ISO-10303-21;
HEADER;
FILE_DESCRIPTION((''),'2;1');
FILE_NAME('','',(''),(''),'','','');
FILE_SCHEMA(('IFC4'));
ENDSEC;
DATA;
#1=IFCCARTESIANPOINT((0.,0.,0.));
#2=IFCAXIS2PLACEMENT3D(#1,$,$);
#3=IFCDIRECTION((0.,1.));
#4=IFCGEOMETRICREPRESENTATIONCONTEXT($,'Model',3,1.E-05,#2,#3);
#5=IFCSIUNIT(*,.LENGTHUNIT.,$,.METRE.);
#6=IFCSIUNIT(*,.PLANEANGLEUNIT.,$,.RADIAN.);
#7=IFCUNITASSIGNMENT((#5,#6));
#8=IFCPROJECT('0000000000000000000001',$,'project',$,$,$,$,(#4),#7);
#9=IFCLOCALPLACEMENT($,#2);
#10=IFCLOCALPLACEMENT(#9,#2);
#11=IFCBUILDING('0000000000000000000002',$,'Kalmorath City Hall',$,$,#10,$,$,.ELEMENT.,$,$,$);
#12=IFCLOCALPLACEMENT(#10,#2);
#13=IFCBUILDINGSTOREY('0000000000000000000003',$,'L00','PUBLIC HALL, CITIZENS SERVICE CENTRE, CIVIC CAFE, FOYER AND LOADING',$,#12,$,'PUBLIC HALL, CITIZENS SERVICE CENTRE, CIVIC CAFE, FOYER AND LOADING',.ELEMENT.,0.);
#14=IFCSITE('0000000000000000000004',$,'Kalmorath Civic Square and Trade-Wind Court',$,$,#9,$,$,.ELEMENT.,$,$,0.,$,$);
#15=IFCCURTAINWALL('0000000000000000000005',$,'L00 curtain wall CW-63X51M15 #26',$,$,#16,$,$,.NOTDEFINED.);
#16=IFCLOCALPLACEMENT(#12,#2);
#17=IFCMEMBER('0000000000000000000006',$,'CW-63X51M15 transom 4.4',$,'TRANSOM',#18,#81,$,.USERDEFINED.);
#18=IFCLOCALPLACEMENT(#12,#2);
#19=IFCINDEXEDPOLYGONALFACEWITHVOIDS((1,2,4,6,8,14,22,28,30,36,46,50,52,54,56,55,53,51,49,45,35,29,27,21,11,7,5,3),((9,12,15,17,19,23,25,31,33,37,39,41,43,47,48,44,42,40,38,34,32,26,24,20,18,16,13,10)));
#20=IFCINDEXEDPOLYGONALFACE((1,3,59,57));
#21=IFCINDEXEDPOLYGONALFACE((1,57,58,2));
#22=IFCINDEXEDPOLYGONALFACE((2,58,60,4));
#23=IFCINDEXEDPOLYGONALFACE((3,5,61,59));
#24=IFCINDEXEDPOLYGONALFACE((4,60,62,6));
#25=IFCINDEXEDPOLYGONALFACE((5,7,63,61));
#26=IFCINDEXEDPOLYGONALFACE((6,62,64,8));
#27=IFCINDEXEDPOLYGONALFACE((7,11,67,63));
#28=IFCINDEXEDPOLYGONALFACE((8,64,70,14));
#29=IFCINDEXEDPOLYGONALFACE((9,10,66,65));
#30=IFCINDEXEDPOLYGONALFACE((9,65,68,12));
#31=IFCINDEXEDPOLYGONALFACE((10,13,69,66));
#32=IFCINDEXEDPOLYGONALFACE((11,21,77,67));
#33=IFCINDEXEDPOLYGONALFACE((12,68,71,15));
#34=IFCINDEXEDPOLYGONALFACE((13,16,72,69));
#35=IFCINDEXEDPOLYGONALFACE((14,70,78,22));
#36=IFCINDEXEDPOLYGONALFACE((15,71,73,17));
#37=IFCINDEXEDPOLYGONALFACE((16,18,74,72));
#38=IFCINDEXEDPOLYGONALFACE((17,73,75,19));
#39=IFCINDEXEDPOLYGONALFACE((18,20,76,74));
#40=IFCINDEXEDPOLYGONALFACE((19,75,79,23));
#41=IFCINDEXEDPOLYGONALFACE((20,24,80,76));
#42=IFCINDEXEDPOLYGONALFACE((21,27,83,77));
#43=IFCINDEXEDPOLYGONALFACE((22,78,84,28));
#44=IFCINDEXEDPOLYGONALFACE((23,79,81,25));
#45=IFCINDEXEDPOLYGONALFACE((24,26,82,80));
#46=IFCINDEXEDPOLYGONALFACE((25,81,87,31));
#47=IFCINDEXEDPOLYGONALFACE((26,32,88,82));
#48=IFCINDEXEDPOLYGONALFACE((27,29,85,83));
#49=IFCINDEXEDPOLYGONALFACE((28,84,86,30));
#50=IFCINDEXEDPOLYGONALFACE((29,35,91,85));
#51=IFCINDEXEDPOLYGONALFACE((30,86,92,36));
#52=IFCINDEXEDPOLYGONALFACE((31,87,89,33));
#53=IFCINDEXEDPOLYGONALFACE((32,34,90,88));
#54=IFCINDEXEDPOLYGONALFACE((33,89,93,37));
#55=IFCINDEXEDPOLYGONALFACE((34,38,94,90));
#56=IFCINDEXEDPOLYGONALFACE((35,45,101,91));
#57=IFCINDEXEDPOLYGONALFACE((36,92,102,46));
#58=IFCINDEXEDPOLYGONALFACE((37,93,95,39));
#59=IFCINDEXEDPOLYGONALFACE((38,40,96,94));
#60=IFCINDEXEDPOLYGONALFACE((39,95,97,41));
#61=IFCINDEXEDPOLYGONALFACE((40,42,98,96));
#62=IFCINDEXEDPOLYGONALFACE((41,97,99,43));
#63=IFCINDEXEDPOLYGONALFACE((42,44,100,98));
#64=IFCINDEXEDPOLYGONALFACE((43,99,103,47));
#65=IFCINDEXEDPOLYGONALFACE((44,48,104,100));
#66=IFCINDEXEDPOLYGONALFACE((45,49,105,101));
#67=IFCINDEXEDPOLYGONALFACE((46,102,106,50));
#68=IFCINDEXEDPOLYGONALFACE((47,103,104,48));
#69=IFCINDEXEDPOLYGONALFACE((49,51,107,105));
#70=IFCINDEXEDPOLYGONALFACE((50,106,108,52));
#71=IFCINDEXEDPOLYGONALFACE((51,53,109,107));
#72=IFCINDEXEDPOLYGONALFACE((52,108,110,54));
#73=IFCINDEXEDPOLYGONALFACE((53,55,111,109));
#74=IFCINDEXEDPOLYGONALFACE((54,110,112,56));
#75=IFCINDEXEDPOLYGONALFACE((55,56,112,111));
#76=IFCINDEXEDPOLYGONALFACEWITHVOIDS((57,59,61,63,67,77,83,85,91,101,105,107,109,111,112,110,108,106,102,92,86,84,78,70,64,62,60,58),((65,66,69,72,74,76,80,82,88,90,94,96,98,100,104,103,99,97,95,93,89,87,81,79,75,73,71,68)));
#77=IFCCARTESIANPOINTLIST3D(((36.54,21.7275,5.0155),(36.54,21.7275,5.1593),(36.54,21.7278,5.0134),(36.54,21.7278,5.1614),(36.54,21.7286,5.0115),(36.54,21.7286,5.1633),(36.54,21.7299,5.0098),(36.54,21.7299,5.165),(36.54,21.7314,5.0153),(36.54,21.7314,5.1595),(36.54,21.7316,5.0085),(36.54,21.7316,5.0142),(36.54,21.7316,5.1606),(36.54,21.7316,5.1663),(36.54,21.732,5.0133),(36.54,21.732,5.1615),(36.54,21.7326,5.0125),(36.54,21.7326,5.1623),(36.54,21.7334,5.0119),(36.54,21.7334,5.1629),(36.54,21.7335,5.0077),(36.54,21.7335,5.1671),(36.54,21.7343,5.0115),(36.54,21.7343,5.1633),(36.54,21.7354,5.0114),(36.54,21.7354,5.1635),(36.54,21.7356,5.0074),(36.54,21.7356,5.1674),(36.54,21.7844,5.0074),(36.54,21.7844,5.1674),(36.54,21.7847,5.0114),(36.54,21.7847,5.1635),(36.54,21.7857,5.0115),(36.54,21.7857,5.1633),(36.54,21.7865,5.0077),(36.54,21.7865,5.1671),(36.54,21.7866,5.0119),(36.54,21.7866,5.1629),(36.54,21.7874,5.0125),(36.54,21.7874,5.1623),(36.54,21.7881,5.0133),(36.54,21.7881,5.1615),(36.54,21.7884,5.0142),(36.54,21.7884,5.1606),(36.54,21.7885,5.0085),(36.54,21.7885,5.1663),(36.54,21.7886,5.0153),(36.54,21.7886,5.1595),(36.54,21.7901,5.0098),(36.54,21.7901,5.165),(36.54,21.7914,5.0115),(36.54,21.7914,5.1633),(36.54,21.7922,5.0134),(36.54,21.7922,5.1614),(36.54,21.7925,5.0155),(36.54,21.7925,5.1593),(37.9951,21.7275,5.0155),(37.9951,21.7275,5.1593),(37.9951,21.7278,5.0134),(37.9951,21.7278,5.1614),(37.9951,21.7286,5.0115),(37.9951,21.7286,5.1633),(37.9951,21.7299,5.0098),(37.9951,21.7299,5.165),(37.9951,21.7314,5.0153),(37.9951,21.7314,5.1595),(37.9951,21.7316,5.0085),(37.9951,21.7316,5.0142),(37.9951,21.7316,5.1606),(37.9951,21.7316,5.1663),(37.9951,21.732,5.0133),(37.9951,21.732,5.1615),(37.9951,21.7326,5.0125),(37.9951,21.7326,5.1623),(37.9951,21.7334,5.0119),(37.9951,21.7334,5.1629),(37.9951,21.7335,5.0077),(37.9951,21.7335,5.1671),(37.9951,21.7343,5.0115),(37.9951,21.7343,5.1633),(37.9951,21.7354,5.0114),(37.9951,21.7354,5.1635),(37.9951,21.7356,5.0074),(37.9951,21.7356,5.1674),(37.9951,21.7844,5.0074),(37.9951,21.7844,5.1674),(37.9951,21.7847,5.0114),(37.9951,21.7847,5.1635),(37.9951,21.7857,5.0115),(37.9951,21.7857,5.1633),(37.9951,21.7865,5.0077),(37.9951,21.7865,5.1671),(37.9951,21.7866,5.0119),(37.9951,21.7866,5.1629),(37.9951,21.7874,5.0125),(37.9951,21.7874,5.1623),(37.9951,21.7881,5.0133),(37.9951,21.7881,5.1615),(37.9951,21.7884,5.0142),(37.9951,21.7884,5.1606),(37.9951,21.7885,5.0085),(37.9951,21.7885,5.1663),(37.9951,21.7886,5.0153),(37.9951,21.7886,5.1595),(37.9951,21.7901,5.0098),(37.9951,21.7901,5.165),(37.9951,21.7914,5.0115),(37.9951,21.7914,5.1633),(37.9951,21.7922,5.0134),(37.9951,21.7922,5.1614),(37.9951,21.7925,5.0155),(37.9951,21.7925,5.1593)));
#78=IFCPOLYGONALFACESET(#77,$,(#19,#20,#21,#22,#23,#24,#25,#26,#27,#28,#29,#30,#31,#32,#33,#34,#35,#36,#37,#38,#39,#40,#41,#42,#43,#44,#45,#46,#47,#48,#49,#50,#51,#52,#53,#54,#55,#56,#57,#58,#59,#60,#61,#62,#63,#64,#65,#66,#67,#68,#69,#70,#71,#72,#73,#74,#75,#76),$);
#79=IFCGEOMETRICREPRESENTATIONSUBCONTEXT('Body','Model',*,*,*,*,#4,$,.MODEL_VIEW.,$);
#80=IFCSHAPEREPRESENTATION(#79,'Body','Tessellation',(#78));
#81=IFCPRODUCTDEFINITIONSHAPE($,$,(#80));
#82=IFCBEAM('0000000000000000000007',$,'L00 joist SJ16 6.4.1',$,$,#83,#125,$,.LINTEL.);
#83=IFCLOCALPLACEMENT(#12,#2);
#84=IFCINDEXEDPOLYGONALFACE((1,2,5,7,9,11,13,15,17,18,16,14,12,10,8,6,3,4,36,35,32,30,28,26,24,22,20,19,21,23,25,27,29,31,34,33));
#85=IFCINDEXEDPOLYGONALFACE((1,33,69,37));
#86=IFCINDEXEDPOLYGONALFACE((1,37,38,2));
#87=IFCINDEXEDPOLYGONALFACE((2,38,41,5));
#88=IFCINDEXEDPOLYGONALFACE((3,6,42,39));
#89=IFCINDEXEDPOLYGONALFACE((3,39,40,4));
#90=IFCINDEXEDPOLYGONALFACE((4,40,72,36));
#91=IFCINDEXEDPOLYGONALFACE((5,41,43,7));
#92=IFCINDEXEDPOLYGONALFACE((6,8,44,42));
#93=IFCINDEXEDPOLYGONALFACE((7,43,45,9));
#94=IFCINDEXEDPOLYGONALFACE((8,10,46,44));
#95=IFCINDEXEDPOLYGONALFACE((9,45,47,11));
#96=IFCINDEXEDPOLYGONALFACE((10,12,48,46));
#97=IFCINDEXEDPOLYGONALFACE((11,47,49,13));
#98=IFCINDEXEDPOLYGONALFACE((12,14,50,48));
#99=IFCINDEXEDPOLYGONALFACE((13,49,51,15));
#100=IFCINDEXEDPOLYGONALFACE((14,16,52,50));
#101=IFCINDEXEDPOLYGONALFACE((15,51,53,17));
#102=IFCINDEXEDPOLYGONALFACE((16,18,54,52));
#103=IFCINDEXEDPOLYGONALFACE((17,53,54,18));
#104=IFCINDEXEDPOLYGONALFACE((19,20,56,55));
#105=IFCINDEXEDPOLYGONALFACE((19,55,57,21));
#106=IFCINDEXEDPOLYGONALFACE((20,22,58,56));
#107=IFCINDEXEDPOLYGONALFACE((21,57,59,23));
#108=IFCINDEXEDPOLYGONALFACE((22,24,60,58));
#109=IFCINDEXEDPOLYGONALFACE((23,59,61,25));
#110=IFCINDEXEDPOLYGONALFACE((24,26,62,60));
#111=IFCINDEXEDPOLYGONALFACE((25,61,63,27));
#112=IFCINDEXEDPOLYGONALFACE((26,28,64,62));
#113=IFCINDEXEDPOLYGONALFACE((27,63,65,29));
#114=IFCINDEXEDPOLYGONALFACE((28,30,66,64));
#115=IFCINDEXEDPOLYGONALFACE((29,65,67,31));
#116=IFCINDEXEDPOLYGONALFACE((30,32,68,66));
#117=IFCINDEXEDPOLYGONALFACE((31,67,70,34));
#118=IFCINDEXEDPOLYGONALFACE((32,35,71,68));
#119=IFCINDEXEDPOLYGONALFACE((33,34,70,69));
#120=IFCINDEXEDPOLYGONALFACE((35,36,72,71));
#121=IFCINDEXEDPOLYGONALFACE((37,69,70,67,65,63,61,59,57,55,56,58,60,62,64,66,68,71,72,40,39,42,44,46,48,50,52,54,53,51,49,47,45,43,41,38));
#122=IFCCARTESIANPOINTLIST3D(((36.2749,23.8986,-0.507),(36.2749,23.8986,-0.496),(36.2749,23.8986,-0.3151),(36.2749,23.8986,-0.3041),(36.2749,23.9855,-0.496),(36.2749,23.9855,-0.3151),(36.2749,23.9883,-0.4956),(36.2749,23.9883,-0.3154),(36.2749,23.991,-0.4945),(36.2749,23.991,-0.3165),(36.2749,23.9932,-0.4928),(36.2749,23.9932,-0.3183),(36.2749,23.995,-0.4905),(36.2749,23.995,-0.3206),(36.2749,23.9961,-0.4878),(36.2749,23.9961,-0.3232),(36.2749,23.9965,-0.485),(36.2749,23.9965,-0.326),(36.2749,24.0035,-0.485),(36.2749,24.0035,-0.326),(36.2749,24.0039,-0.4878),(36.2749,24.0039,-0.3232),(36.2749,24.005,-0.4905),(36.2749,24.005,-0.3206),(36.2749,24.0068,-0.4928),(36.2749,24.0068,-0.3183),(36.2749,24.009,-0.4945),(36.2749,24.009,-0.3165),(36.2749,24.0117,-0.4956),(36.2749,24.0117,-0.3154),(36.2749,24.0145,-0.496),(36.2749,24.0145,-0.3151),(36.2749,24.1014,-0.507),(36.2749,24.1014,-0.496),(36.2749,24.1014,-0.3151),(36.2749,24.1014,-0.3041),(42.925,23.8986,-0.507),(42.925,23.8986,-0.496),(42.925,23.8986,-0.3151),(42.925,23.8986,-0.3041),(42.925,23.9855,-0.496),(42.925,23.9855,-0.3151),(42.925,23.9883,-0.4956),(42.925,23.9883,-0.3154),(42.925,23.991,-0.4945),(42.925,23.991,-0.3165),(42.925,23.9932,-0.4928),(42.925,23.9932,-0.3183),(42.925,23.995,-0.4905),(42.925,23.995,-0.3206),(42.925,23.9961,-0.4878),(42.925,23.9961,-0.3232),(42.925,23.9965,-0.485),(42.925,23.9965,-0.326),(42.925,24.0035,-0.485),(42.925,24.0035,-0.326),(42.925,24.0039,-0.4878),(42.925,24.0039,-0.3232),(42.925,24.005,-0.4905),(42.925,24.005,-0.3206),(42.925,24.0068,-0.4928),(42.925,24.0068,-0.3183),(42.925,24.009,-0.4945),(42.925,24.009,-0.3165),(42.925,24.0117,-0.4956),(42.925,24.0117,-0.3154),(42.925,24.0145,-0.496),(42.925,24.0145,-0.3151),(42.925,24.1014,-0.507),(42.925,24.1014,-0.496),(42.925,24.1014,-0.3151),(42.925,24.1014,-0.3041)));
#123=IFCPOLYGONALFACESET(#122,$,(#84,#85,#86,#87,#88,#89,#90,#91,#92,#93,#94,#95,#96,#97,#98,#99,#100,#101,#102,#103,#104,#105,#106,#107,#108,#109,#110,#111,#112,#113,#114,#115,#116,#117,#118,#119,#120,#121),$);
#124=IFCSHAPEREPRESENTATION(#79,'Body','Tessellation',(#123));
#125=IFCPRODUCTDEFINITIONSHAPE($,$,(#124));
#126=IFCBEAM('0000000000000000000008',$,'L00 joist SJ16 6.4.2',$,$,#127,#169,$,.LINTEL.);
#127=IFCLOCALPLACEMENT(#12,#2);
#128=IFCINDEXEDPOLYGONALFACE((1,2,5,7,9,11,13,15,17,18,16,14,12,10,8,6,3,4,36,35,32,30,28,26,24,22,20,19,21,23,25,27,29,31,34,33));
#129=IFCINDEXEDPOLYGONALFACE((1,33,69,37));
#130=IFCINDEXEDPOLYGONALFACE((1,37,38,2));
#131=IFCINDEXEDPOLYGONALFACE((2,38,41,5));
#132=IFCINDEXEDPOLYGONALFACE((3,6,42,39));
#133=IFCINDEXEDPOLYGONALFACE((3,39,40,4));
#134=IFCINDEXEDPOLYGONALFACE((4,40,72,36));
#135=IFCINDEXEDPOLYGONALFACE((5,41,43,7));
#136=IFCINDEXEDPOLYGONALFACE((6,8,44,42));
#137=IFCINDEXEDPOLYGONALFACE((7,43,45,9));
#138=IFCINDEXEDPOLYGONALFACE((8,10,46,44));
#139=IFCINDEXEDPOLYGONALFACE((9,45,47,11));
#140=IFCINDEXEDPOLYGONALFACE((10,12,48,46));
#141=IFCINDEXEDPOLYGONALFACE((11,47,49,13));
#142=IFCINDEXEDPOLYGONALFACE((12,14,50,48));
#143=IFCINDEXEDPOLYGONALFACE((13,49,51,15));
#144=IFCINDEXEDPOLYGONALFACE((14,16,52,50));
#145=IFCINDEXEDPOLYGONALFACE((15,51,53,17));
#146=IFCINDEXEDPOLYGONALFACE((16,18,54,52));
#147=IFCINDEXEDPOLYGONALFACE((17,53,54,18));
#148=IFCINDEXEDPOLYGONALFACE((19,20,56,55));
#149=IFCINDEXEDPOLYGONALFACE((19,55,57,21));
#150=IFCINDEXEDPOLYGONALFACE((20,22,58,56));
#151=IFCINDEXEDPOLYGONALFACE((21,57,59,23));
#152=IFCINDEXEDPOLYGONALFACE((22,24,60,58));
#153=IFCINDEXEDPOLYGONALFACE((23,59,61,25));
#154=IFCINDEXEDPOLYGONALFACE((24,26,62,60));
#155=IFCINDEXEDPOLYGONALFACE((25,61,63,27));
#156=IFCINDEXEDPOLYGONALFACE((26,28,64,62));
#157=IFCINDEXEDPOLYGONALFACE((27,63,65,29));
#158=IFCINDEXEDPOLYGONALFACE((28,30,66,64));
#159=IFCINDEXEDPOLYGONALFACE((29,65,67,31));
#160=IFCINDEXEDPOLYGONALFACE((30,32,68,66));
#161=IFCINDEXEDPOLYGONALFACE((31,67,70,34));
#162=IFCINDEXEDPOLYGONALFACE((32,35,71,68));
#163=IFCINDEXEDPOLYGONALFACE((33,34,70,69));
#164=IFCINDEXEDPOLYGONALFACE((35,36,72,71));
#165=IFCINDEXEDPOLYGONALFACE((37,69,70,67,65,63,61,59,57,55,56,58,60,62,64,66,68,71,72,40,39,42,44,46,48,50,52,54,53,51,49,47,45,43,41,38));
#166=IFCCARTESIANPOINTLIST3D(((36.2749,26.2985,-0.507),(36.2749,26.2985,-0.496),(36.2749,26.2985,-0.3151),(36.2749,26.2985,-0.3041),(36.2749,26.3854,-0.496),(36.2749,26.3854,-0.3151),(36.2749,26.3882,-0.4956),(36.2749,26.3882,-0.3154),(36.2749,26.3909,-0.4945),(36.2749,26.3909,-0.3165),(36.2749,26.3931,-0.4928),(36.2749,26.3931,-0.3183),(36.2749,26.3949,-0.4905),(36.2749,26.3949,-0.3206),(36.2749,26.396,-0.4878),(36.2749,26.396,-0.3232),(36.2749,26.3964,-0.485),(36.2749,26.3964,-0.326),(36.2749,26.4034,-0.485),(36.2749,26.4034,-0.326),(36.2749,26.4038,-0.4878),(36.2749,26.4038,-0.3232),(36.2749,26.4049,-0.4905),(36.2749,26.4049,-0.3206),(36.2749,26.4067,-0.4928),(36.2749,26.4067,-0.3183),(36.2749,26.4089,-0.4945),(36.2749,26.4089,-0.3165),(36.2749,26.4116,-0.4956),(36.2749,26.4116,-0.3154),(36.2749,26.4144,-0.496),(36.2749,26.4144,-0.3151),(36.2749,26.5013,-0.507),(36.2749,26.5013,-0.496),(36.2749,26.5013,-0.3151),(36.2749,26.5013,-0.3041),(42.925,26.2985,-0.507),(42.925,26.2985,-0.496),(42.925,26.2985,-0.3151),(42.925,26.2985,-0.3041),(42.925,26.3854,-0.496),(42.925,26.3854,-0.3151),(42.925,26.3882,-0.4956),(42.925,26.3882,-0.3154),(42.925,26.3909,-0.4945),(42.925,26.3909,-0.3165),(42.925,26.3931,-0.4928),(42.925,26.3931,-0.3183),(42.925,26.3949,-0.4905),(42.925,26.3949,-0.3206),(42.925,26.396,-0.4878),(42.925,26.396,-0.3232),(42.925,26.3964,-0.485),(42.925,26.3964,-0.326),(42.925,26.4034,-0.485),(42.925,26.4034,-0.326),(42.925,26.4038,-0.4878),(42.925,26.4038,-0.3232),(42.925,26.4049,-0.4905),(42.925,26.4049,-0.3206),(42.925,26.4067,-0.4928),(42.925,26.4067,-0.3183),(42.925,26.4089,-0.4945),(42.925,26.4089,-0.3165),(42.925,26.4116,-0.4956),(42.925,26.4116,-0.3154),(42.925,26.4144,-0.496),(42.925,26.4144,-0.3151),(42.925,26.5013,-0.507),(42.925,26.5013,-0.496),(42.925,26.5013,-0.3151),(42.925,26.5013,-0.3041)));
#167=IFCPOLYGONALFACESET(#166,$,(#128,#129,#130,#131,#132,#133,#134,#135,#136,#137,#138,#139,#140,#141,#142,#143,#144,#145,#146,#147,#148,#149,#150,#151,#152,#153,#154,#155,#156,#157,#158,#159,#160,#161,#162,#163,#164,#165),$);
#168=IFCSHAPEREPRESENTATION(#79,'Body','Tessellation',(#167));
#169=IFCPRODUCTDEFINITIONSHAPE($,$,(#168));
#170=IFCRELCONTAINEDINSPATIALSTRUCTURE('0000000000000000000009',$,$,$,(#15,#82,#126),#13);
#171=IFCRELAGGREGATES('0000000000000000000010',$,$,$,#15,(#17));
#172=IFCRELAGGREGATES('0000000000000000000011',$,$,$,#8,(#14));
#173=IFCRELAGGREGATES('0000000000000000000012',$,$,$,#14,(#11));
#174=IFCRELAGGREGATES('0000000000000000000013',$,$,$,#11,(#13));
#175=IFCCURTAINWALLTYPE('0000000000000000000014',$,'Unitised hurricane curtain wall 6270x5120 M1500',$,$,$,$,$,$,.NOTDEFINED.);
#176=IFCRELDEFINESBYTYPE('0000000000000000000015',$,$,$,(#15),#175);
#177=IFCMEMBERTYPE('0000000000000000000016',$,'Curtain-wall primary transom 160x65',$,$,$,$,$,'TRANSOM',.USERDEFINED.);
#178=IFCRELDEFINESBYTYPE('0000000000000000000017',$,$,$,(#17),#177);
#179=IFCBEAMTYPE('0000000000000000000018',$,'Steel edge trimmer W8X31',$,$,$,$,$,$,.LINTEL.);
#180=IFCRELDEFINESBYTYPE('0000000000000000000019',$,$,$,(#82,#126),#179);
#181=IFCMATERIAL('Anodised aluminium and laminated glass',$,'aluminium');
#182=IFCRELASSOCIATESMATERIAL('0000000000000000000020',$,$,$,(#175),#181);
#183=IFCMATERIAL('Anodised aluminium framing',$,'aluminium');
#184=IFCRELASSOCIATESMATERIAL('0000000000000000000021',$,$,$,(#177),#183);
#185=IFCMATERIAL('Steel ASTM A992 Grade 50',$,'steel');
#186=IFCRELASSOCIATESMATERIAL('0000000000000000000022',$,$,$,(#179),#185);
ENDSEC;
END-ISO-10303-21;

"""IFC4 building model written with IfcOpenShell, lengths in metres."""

from ifc_helpers import new_model, si_unit, direction, frame, origin, origin_2d, place, context, subcontext, project, spatial, hollow_rectangle, i_section, extrude, material, material_profile, profile_set, type_object, element, aggregate, save


model = new_model("IFC4")

# Units and contexts
model_context = context("Model", 3, precision=1e-05, world=origin(), true_north=direction((0.0, 1.0)))
body_context = subcontext(model_context, "Body", "Model", "MODEL_VIEW")
ifc_project = project(units=[si_unit("LENGTHUNIT", "METRE"), si_unit("PLANEANGLEUNIT", "RADIAN")], contexts=[model_context])

# Site, building, storey
site_placement = place(None, origin())
site = spatial("IfcSite", under=ifc_project, at=site_placement, Name="Kalmorath Civic Square and Trade-Wind Court", CompositionType="ELEMENT", RefElevation=0.0)
building_placement = place(site_placement, origin())
building = spatial("IfcBuilding", under=site, at=building_placement, Name="Kalmorath City Hall", CompositionType="ELEMENT")
storey_placement = place(building_placement, origin())
storey = spatial("IfcBuildingStorey", under=building, at=storey_placement, Name="L00", Description="PUBLIC HALL, CITIZENS SERVICE CENTRE, CIVIC CAFE, FOYER AND LOADING", LongName="PUBLIC HALL, CITIZENS SERVICE CENTRE, CIVIC CAFE, FOYER AND LOADING", CompositionType="ELEMENT", Elevation=0.0)

# Curtain wall, member
ifc_material_1 = material(Name="Anodised aluminium and laminated glass", Category="aluminium")
curtain_wall_type = type_object("IfcCurtainWallType", Name="Unitised hurricane curtain wall 6270x5120 M1500", PredefinedType="NOTDEFINED", material=ifc_material_1)
curtain_wall_placement = place(storey_placement, origin())
curtain_wall = element("IfcCurtainWall", 1, at=curtain_wall_placement, inside=storey, type_object=curtain_wall_type, Name="L00 curtain wall CW-63X51M15 #26", PredefinedType="NOTDEFINED")
ifc_material_2 = material(Name="Anodised aluminium framing", Category="aluminium")
ifc_material_profile_1 = material_profile(ifc_material_2, hollow_rectangle(XDim=0.0649, YDim=0.1599, WallThickness=0.0039, InnerFilletRadius=0.0039, OuterFilletRadius=0.0081, at=origin_2d()), Name="ALU-TRN-160X65X4")
ifc_profile_set_1 = profile_set([ifc_material_profile_1], Name="Anodised aluminium framing")
member_type_1 = type_object("IfcMemberType", Name="Curtain-wall primary transom 160x65", ElementType="TRANSOM", PredefinedType="USERDEFINED", material=ifc_profile_set_1)
member_1_placement = place(storey_placement, frame((37.9951, 21.76, 5.0874), z_axis=(-1.0, 0.0, 0.0), x_axis=(0.0, -1.0, 0.0)))
member_1 = element("IfcMember", 2, at=member_1_placement, type_object=member_type_1, Name="CW-63X51M15 transom 4.4", ObjectType="TRANSOM", PredefinedType="USERDEFINED", context=body_context, shape_type="SweptSolid", body=[
    extrude(hollow_rectangle(XDim=0.0649, YDim=0.1599, WallThickness=0.0039, InnerFilletRadius=0.0039, OuterFilletRadius=0.0081, at=origin_2d()), origin(), (0.0, 0.0, 1.0), 1.4551),
])

# Beams
ifc_material_3 = material(Name="Steel ASTM A992 Grade 50", Category="steel")
ifc_material_profile_2 = material_profile(ifc_material_3, i_section(OverallWidth=0.2029, OverallDepth=0.2029, WebThickness=0.0071, FlangeThickness=0.011, FilletRadius=0.011, at=origin_2d()), Name="W8X31")
ifc_profile_set_2 = profile_set([ifc_material_profile_2], Name="Steel ASTM A992 Grade 50")
beam_type_1 = type_object("IfcBeamType", Name="Steel edge trimmer W8X31", PredefinedType="LINTEL", material=ifc_profile_set_2)
for number, where, z_axis, x_axis, name in (
    (3, (36.2749, 24.0, -0.4055), (1.0, 0.0, 0.0), (0.0, 1.0, 0.0), "L00 joist SJ16 6.4.1"),
    (4, (36.2749, 26.3999, -0.4055), (1.0, 0.0, 0.0), (0.0, 1.0, 0.0), "L00 joist SJ16 6.4.2"),
):
    element("IfcBeam", number, at=place(storey_placement, frame(where, z_axis=z_axis, x_axis=x_axis)), inside=storey, type_object=beam_type_1, Name=name, PredefinedType="LINTEL", context=body_context, shape_type="SweptSolid", body=[
        extrude(i_section(OverallWidth=0.2029, OverallDepth=0.2029, WebThickness=0.0071, FlangeThickness=0.011, FilletRadius=0.011, at=origin_2d()), origin(), (0.0, 0.0, 1.0), 6.6501),
    ])

aggregate(curtain_wall, [member_1])

save(model, "model.ifc")
